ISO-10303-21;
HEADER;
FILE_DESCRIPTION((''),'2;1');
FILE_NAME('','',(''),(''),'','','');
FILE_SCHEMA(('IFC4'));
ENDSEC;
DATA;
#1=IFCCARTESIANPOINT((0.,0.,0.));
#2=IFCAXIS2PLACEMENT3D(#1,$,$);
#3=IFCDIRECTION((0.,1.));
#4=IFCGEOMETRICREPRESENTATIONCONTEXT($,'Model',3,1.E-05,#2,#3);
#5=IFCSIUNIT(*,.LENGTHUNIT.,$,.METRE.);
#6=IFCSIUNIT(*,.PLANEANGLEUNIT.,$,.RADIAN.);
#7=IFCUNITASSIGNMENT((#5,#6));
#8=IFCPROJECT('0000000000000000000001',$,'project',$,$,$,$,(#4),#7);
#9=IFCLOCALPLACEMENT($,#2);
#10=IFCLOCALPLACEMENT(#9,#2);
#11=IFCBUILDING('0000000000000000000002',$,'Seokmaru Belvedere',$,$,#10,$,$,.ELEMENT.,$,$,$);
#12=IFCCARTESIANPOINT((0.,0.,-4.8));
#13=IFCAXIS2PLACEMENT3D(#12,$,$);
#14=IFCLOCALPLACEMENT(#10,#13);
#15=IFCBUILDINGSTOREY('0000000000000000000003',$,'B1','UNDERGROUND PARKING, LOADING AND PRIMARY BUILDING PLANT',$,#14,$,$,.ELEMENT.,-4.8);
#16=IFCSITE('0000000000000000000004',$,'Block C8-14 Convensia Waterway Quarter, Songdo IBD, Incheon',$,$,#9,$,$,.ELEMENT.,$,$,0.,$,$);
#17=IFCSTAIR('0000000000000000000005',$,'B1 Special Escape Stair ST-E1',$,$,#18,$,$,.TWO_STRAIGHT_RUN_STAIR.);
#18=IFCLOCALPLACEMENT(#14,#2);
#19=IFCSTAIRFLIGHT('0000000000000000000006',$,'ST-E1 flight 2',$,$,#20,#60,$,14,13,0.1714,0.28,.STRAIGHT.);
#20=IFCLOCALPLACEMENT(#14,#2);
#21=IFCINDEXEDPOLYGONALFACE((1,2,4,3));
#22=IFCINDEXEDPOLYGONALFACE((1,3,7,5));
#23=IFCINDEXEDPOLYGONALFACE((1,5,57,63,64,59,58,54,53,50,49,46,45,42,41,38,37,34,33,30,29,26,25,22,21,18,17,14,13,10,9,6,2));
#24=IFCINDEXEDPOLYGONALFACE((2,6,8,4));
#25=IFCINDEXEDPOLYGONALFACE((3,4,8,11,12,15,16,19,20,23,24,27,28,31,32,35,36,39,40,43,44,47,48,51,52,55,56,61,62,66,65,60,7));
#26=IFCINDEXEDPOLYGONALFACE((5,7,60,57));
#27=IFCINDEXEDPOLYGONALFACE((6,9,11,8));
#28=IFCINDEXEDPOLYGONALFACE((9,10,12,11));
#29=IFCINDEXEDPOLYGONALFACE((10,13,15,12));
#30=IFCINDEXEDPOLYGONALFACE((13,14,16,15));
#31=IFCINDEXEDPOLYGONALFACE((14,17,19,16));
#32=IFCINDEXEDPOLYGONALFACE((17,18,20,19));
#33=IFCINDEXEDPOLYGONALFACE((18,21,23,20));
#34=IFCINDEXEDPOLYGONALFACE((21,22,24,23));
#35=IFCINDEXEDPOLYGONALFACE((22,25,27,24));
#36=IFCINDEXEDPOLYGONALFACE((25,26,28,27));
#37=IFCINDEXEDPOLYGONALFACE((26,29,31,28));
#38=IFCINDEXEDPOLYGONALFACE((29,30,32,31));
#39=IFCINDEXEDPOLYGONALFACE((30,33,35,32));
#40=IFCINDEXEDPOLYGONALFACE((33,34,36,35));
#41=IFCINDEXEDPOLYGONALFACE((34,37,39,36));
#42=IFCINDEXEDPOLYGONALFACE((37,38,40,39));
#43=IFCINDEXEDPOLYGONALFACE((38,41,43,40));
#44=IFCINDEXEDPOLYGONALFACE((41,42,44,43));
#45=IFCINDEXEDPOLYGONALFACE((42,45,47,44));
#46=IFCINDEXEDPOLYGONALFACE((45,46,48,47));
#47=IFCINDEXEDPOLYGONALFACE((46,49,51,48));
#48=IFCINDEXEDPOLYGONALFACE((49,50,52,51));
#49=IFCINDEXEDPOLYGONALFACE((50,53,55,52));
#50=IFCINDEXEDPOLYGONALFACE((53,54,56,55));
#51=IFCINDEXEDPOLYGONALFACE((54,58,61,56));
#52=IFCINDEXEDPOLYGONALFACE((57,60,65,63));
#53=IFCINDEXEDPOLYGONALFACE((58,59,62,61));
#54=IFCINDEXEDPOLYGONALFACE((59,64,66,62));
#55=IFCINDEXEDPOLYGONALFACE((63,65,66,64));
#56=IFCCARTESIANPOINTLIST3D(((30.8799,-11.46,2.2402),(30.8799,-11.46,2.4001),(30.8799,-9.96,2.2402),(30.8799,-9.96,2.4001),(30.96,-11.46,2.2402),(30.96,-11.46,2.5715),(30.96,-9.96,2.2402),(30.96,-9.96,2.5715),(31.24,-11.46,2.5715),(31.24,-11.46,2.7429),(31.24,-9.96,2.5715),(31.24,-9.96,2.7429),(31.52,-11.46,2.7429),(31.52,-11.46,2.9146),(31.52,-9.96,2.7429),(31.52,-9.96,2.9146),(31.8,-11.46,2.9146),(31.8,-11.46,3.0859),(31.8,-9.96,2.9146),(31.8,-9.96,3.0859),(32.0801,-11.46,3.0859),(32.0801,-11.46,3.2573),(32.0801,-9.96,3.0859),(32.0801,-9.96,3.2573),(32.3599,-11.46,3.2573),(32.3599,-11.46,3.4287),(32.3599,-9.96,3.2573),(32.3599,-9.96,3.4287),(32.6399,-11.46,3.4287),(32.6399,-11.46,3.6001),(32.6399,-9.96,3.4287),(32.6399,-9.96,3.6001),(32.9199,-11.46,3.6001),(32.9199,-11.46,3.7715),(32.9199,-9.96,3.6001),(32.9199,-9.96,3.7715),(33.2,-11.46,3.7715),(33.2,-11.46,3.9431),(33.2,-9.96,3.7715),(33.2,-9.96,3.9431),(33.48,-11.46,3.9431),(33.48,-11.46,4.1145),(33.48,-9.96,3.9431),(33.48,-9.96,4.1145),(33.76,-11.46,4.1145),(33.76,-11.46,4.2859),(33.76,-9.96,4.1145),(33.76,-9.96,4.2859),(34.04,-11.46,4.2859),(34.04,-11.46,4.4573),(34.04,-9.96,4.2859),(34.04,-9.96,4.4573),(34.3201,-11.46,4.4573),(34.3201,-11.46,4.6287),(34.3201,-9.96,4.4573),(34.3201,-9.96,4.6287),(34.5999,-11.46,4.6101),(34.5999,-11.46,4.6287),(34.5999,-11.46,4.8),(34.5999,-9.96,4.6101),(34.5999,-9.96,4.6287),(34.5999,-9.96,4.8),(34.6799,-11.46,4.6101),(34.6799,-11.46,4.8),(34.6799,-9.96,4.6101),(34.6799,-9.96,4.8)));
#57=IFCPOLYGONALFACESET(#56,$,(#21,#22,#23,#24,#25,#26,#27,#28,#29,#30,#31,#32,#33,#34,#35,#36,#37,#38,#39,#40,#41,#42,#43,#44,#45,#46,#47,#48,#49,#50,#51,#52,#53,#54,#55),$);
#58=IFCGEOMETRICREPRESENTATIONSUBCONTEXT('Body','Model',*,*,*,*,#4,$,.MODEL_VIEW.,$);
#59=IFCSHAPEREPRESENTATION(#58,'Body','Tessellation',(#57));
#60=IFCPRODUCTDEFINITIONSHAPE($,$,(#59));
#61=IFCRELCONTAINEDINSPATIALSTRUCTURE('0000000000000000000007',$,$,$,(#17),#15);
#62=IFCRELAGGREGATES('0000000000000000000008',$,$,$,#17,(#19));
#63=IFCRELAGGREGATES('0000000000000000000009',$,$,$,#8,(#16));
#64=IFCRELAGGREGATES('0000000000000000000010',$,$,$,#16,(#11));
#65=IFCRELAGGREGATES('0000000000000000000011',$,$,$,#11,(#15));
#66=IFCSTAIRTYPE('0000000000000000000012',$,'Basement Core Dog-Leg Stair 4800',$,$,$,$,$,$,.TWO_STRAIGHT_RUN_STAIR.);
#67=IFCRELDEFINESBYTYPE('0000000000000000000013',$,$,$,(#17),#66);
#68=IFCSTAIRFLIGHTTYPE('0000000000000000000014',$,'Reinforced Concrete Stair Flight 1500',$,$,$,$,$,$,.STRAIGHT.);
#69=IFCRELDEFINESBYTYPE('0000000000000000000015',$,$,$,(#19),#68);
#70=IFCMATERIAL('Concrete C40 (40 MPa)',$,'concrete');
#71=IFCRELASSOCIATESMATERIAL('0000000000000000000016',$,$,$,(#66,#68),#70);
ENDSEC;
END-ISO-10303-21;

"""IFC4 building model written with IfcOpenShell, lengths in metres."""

from ifc_helpers import new_model, si_unit, direction, frame, origin, place, context, subcontext, project, spatial, polyline, outline, extrude, material, type_object, element, aggregate, save


model = new_model("IFC4")

# Units and contexts
model_context = context("Model", 3, precision=1e-05, world=origin(), true_north=direction((0.0, 1.0)))
body_context = subcontext(model_context, "Body", "Model", "MODEL_VIEW")
ifc_project = project(units=[si_unit("LENGTHUNIT", "METRE"), si_unit("PLANEANGLEUNIT", "RADIAN")], contexts=[model_context])

# Site, building, storey
site_placement = place(None, origin())
site = spatial("IfcSite", under=ifc_project, at=site_placement, Name="Block C8-14 Convensia Waterway Quarter, Songdo IBD, Incheon", CompositionType="ELEMENT", RefElevation=0.0)
building_placement = place(site_placement, origin())
building = spatial("IfcBuilding", under=site, at=building_placement, Name="Seokmaru Belvedere", CompositionType="ELEMENT")
storey_placement = place(building_placement, frame((0.0, 0.0, -4.8)))
storey = spatial("IfcBuildingStorey", under=building, at=storey_placement, Name="B1", Description="UNDERGROUND PARKING, LOADING AND PRIMARY BUILDING PLANT", CompositionType="ELEMENT", Elevation=-4.8)

# Stair, stair flight
ifc_material_1 = material(Name="Concrete C40 (40 MPa)", Category="concrete")
stair_type = type_object("IfcStairType", Name="Basement Core Dog-Leg Stair 4800", PredefinedType="TWO_STRAIGHT_RUN_STAIR", material=ifc_material_1)
stair_placement = place(storey_placement, origin())
stair = element("IfcStair", 1, at=stair_placement, inside=storey, type_object=stair_type, Name="B1 Special Escape Stair ST-E1", PredefinedType="TWO_STRAIGHT_RUN_STAIR")
stair_flight_type = type_object("IfcStairFlightType", Name="Reinforced Concrete Stair Flight 1500", PredefinedType="STRAIGHT", material=ifc_material_1)
stair_flight_1_placement = place(storey_placement, frame((30.96, -10.71, 2.4001), z_axis=(0.0, 0.0, 1.0), x_axis=(1.0, 0.0, 0.0)))
stair_flight_1 = element("IfcStairFlight", 2, at=stair_flight_1_placement, type_object=stair_flight_type, Name="ST-E1 flight 2", NumberOfRisers=14, NumberOfTreads=13, PredefinedType="STRAIGHT", RiserHeight=0.1714, TreadLength=0.28, context=body_context, shape_type="SweptSolid", body=[
    extrude(outline(polyline([(-0.0801, 0.0), (0.0, 0.1714), (0.28, 0.1714), (0.28, 0.3428), (0.5601, 0.3428), (0.5601, 0.5144), (0.8401, 0.5144), (0.8401, 0.6858), (1.1201, 0.6858), (1.1201, 0.8572), (1.3999, 0.8572), (1.3999, 1.0286), (1.6799, 1.0286), (1.6799, 1.2), (1.96, 1.2), (1.96, 1.3713), (2.24, 1.3713), (2.24, 1.543), (2.52, 1.543), (2.52, 1.7144), (2.8, 1.7144), (2.8, 1.8857), (3.0801, 1.8857), (3.0801, 2.0571), (3.3601, 2.0571), (3.3601, 2.2285), (3.6399, 2.2285), (3.6399, 2.3999), (3.72, 2.3999), (3.72, 2.21), (3.6399, 2.21), (0.0, -0.1599), (-0.0801, -0.1599), (-0.0801, 0.0)])), frame((0.0, 0.75, 0.0), z_axis=(0.0, -1.0, 0.0), x_axis=(1.0, 0.0, 0.0)), (0.0, 0.0, 1.0), 1.5),
])
aggregate(stair, [stair_flight_1])

save(model, "model.ifc")
